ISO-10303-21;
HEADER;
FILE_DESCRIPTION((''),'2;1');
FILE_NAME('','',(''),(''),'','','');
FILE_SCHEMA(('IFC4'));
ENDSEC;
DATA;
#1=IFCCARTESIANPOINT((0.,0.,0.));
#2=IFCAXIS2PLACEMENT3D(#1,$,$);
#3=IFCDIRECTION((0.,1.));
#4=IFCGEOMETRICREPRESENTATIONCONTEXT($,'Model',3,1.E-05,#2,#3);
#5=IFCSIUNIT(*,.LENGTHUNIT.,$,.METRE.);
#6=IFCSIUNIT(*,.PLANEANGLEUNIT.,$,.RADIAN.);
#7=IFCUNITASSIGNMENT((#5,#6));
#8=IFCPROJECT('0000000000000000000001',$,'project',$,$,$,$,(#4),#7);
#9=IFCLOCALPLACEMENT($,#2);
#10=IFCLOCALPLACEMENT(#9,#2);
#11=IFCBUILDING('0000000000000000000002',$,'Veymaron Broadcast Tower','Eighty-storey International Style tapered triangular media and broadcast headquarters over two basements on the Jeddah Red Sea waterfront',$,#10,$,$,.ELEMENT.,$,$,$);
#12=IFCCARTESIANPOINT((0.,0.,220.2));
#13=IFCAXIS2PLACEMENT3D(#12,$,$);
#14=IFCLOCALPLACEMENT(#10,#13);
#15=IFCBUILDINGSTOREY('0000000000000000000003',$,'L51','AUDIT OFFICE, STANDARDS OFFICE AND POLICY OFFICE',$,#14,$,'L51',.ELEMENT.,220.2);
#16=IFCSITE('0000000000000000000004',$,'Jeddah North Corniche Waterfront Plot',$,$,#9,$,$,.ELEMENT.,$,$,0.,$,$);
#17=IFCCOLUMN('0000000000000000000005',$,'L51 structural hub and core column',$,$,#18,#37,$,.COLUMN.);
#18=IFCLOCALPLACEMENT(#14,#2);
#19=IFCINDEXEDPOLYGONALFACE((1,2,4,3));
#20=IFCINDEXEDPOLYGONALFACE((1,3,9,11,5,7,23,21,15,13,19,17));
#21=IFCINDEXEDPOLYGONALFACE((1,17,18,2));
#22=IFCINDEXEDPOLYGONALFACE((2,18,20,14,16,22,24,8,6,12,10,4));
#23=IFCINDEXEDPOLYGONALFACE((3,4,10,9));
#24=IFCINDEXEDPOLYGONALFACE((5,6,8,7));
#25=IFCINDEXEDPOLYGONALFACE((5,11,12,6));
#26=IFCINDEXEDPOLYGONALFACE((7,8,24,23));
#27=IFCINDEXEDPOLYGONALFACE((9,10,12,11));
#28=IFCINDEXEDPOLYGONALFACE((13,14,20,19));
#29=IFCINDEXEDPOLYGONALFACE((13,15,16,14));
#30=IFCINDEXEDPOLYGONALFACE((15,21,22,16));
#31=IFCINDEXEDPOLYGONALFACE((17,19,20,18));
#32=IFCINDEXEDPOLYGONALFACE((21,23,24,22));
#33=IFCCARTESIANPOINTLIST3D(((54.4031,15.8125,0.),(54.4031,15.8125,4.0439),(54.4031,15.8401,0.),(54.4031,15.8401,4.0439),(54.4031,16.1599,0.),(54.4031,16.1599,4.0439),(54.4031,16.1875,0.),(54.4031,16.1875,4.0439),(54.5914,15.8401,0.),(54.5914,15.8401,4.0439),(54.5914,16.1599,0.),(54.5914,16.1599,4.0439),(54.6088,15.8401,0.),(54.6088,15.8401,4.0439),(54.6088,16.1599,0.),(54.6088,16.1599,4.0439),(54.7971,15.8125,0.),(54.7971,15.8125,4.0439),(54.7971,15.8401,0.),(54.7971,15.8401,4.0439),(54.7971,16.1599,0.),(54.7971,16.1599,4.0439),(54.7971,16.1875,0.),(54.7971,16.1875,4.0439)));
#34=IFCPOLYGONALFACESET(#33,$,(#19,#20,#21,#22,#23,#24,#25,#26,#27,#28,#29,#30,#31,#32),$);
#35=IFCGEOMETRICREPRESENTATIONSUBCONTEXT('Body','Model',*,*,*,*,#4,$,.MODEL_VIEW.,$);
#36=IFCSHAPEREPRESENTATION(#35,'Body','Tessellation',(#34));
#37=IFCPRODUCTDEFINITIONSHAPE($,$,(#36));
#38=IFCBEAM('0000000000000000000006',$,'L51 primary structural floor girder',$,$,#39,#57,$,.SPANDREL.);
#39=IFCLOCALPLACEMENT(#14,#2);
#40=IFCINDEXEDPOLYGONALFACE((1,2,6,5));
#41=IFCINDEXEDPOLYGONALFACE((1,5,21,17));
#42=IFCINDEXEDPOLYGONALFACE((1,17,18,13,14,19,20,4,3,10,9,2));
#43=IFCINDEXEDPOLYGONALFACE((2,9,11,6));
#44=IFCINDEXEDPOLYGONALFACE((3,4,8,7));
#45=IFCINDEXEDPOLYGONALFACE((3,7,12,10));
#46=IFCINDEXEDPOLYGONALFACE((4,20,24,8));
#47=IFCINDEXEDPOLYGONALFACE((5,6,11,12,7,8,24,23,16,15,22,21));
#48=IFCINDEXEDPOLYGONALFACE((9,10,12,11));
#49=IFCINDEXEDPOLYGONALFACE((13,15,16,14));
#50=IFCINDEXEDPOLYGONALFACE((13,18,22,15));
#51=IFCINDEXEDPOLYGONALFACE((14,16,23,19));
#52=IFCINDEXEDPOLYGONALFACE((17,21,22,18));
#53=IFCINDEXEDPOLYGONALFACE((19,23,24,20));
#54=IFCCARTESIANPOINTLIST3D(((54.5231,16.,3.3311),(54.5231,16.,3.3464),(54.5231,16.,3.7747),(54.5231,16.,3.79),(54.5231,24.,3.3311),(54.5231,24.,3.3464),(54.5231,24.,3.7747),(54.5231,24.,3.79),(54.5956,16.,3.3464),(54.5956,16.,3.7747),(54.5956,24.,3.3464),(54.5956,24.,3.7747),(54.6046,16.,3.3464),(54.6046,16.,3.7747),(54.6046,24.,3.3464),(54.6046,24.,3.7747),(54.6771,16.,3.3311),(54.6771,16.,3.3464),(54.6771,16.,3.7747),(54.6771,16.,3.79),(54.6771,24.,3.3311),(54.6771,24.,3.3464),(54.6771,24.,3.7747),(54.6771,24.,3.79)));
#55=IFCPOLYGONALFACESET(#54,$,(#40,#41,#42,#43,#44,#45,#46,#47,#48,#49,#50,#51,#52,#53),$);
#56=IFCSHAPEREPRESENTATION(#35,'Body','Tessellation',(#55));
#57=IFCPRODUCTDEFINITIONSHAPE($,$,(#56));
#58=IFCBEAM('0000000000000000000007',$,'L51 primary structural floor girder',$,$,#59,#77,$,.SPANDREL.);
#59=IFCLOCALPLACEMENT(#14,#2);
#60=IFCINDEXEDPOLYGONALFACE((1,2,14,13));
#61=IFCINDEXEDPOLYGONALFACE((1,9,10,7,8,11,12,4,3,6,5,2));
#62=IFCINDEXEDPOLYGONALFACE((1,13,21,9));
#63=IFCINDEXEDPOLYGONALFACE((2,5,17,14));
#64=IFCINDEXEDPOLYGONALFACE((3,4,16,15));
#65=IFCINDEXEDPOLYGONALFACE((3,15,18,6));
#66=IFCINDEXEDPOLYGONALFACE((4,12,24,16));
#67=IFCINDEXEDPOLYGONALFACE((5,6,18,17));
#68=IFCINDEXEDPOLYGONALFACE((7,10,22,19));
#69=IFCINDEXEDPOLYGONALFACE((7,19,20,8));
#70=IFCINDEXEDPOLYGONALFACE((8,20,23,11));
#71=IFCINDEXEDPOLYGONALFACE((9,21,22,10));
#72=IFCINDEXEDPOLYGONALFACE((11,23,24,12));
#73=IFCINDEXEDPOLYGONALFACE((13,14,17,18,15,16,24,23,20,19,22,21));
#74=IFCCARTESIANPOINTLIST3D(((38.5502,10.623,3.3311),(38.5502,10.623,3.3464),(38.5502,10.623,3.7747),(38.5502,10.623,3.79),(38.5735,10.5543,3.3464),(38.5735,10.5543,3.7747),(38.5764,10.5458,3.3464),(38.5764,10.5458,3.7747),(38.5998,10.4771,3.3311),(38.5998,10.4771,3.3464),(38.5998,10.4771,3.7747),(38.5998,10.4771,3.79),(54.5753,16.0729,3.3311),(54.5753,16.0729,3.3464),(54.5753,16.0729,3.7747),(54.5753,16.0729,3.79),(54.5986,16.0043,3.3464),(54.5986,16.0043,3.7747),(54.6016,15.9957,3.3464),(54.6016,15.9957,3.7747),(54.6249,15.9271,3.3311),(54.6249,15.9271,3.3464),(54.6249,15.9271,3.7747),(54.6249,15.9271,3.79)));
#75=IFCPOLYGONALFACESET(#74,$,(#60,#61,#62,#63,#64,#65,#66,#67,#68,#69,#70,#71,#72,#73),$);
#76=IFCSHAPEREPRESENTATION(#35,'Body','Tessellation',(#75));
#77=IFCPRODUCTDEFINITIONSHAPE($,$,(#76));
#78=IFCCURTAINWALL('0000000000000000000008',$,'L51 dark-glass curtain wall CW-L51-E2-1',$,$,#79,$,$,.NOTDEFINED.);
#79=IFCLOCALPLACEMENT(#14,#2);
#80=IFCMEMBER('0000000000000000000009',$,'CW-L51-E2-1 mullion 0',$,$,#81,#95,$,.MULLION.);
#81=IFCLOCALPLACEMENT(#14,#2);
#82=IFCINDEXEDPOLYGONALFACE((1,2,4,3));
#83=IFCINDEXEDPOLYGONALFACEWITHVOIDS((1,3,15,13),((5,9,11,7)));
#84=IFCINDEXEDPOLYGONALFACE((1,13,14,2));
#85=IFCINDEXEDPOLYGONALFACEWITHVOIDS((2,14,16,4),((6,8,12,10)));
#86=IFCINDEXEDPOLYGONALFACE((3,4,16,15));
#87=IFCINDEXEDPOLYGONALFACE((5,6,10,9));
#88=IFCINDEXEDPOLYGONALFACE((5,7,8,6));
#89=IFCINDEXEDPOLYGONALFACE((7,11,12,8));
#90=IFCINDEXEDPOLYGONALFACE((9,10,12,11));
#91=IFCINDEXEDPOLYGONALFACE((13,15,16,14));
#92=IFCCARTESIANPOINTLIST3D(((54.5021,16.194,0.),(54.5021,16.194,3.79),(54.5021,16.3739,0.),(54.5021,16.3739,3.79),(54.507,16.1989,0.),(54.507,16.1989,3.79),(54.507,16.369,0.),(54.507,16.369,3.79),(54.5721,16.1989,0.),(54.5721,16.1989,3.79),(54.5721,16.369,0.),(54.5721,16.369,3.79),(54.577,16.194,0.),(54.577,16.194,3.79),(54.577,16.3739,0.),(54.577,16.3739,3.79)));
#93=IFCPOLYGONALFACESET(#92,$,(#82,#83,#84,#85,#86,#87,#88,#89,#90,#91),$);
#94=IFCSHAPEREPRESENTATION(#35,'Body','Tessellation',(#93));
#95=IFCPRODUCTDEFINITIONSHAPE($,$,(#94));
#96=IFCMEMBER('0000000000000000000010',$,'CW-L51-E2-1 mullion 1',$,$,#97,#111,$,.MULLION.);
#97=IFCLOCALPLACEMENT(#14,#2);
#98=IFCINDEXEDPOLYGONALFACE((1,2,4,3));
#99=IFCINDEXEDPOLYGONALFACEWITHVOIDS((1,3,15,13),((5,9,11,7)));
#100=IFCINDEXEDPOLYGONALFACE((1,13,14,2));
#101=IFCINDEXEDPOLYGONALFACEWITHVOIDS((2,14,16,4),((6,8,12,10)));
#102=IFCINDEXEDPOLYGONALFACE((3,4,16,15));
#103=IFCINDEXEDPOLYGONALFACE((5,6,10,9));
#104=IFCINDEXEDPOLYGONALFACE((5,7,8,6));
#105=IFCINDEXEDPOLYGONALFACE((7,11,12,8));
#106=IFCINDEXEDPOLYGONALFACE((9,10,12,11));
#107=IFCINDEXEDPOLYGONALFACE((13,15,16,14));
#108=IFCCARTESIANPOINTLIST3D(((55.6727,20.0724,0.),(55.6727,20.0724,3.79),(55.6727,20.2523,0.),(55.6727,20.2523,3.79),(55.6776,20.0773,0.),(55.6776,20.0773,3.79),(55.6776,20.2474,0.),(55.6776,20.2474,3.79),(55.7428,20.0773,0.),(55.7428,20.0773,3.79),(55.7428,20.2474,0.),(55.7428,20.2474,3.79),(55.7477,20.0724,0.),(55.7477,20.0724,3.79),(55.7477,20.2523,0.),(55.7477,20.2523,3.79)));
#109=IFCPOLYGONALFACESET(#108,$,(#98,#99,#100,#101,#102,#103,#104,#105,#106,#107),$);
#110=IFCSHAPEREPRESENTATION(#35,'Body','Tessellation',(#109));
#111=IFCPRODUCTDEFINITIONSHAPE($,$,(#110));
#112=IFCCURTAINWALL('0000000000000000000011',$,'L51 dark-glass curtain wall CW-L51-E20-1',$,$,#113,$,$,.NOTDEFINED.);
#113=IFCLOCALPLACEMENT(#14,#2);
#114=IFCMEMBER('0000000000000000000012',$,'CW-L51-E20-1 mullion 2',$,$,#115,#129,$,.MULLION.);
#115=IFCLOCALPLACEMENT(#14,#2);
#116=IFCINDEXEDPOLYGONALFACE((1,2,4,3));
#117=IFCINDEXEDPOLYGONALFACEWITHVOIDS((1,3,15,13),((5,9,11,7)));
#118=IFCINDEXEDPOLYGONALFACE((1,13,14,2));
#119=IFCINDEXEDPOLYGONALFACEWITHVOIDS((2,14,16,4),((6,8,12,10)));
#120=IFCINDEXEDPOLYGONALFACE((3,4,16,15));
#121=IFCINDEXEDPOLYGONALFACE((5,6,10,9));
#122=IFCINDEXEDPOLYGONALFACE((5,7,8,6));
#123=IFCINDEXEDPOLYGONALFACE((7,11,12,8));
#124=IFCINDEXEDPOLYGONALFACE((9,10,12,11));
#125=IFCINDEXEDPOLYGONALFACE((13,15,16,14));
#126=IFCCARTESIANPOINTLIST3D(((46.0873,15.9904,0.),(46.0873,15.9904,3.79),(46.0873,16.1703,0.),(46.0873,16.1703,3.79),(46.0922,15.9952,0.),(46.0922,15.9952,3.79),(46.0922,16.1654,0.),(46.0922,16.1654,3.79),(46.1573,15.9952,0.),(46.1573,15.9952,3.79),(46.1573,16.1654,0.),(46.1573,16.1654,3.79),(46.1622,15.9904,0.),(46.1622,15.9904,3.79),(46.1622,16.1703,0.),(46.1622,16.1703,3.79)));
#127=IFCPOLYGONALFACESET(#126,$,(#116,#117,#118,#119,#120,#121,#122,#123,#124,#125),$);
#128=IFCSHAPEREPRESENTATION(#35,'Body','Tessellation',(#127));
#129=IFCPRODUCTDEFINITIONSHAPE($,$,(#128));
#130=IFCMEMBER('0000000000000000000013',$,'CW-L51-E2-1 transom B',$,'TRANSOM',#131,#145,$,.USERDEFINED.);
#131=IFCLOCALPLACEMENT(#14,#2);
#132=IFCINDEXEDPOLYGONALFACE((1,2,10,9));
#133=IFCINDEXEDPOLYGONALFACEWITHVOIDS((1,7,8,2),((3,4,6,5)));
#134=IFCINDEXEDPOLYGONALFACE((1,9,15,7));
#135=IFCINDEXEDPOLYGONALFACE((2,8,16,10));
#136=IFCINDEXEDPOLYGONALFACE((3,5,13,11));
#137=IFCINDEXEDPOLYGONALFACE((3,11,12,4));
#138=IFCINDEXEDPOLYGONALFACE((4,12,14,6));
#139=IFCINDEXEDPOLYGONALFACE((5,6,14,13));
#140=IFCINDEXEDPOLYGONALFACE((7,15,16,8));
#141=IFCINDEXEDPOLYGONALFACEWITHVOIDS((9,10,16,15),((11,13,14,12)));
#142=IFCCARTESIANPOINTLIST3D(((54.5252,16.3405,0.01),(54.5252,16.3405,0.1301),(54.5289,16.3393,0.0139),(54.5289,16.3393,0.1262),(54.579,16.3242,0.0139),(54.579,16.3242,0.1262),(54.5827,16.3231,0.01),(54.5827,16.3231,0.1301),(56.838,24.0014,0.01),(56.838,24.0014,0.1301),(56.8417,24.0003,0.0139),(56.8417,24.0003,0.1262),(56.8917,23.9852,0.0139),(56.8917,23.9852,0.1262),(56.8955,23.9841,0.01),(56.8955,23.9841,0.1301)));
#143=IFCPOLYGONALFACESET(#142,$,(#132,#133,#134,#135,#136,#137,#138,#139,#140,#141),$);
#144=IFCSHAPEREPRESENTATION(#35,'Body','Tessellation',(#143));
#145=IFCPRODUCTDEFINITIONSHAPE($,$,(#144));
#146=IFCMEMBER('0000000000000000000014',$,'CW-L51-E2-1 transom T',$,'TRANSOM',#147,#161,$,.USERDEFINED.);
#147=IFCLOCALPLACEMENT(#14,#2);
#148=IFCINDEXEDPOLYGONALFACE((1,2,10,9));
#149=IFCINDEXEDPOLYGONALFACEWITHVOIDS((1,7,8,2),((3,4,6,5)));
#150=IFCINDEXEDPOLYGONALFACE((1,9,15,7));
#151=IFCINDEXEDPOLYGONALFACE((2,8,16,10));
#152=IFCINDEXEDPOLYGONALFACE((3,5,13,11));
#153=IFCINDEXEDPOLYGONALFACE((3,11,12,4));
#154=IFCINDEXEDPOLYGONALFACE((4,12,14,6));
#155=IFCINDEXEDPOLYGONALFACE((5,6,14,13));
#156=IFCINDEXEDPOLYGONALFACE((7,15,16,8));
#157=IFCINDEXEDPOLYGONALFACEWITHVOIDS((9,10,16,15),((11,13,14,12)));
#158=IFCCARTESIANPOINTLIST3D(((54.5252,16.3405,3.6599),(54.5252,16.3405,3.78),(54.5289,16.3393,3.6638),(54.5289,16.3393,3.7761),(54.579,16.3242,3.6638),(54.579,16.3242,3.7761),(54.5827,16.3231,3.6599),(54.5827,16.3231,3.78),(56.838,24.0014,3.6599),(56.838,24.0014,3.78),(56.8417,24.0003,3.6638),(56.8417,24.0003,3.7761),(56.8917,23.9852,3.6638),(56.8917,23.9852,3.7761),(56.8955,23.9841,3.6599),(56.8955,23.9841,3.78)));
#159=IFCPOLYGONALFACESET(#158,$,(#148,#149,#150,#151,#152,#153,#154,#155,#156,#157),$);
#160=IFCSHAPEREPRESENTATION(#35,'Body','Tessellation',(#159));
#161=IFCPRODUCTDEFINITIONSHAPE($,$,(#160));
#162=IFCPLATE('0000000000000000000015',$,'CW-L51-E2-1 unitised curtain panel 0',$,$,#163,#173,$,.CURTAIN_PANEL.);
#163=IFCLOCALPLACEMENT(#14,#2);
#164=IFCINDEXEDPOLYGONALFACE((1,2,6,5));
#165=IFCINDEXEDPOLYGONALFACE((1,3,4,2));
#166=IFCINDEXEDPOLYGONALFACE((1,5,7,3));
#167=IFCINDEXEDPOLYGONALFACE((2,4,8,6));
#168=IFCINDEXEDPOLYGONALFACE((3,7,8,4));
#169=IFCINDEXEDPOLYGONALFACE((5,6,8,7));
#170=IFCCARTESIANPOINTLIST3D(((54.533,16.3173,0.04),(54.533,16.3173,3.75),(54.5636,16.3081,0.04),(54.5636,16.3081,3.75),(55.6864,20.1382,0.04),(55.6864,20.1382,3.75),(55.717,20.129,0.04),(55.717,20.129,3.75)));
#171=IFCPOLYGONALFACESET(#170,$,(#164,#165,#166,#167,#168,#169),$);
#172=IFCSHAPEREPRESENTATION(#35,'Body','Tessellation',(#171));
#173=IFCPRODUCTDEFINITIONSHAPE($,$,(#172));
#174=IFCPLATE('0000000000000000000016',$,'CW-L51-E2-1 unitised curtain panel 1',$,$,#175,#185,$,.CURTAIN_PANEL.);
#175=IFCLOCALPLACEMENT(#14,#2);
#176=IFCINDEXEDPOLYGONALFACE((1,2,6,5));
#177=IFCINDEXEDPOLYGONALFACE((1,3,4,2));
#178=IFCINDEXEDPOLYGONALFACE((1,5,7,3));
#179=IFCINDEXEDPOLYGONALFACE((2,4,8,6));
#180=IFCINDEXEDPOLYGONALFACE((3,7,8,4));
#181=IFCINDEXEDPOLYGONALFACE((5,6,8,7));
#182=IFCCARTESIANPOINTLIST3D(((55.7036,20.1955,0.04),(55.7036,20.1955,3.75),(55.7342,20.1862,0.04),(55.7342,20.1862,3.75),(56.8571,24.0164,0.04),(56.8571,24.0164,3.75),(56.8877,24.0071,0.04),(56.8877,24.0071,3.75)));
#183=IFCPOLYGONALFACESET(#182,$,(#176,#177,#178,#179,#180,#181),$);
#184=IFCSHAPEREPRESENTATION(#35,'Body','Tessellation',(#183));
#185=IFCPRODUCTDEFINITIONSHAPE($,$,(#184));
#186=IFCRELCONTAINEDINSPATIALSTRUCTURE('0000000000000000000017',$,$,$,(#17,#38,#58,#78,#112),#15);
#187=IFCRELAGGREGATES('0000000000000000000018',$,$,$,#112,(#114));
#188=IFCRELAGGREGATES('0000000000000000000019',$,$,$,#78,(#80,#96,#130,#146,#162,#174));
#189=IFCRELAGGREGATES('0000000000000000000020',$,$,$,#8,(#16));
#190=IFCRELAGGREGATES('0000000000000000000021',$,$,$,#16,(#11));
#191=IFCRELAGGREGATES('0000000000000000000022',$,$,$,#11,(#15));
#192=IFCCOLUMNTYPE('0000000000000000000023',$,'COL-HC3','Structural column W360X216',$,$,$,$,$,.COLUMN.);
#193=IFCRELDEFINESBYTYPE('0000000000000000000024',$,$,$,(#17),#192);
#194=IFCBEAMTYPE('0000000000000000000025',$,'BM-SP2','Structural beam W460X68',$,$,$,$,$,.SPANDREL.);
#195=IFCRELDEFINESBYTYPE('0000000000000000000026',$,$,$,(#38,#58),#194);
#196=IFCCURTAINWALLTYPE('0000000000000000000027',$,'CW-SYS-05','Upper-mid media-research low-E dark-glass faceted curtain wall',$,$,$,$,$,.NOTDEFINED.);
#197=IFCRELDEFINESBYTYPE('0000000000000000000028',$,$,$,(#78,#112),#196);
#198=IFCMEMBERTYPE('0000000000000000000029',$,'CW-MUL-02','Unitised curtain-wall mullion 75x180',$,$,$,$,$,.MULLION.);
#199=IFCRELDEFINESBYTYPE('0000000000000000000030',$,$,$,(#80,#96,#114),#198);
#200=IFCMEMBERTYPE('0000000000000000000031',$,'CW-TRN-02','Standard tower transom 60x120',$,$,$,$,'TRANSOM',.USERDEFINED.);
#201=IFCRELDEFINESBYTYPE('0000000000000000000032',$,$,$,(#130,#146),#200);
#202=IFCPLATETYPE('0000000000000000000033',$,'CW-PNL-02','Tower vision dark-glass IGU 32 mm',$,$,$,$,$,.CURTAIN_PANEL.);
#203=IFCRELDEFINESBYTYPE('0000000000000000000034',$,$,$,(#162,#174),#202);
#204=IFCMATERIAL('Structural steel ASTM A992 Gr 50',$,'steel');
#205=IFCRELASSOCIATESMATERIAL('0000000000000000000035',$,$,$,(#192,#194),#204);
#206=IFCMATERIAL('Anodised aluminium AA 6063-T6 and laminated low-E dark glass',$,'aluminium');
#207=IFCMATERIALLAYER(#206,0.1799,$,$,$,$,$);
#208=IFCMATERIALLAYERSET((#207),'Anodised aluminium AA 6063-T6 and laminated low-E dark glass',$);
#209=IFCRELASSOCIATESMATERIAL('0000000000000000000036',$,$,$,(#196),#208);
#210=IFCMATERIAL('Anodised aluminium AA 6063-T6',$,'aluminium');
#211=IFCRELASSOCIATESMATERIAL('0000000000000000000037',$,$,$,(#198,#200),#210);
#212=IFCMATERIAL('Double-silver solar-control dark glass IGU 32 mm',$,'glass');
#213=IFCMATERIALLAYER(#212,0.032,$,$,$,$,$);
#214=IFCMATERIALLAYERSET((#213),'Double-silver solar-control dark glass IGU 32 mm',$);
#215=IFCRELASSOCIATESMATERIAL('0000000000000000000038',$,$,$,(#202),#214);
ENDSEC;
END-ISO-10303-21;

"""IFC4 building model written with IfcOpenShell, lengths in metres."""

from ifc_helpers import new_model, si_unit, direction, frame, origin, origin_2d, place, context, subcontext, project, spatial, rectangle, hollow_rectangle, i_section, extrude, material, layer, layer_set, material_profile, profile_set, type_object, element, aggregate, save


model = new_model("IFC4")

# Units and contexts
model_context = context("Model", 3, precision=1e-05, world=origin(), true_north=direction((0.0, 1.0)))
body_context = subcontext(model_context, "Body", "Model", "MODEL_VIEW")
ifc_project = project(units=[si_unit("LENGTHUNIT", "METRE"), si_unit("PLANEANGLEUNIT", "RADIAN")], contexts=[model_context])

# Site, building, storey
site_placement = place(None, origin())
site = spatial("IfcSite", under=ifc_project, at=site_placement, Name="Jeddah North Corniche Waterfront Plot", CompositionType="ELEMENT", RefElevation=0.0)
building_placement = place(site_placement, origin())
building = spatial("IfcBuilding", under=site, at=building_placement, Name="Veymaron Broadcast Tower", Description="Eighty-storey International Style tapered triangular media and broadcast headquarters over two basements on the Jeddah Red Sea waterfront", CompositionType="ELEMENT")
storey_placement = place(building_placement, frame((0.0, 0.0, 220.2)))
storey = spatial("IfcBuildingStorey", under=building, at=storey_placement, Name="L51", Description="AUDIT OFFICE, STANDARDS OFFICE AND POLICY OFFICE", LongName="L51", CompositionType="ELEMENT", Elevation=220.2)

# Column
ifc_material_1 = material(Name="Structural steel ASTM A992 Gr 50", Category="steel")
ifc_material_profile_1 = material_profile(ifc_material_1, i_section(OverallWidth=0.394, OverallDepth=0.375, WebThickness=0.0173, FlangeThickness=0.0276, at=origin_2d()), Name="W360X216")
ifc_profile_set_1 = profile_set([ifc_material_profile_1], Name="Structural steel ASTM A992 Gr 50")
column_type = type_object("IfcColumnType", Name="COL-HC3", Description="Structural column W360X216", PredefinedType="COLUMN", material=ifc_profile_set_1)
column_placement = place(storey_placement, frame((54.6001, 16.0, 0.0), z_axis=(0.0, 0.0, 1.0), x_axis=(1.0, 0.0, 0.0)))
element("IfcColumn", 1, at=column_placement, inside=storey, type_object=column_type, Name="L51 structural hub and core column", PredefinedType="COLUMN", context=body_context, shape_type="SweptSolid", body=[
    extrude(i_section(OverallWidth=0.394, OverallDepth=0.375, WebThickness=0.0173, FlangeThickness=0.0276, at=origin_2d()), origin(), (0.0, 0.0, 1.0), 4.0439),
])

# Beams
ifc_material_profile_2 = material_profile(ifc_material_1, i_section(OverallWidth=0.1541, OverallDepth=0.459, WebThickness=0.009, FlangeThickness=0.0154, at=origin_2d()), Name="W460X68")
ifc_profile_set_2 = profile_set([ifc_material_profile_2], Name="Structural steel ASTM A992 Gr 50")
beam_type = type_object("IfcBeamType", Name="BM-SP2", Description="Structural beam W460X68", PredefinedType="SPANDREL", material=ifc_profile_set_2)
beam_1_placement = place(storey_placement, frame((54.6001, 16.0, 3.5605), z_axis=(0.0, 1.0, 0.0), x_axis=(-1.0, 0.0, 0.0)))
element("IfcBeam", 2, at=beam_1_placement, inside=storey, type_object=beam_type, Name="L51 primary structural floor girder", PredefinedType="SPANDREL", context=body_context, shape_type="SweptSolid", body=[
    extrude(i_section(OverallWidth=0.1541, OverallDepth=0.459, WebThickness=0.009, FlangeThickness=0.0154, at=origin_2d()), origin(), (0.0, 0.0, 1.0), 8.0),
])
beam_2_placement = place(storey_placement, frame((54.6001, 16.0, 3.5605), z_axis=(-0.946748, -0.321977, 0.0), x_axis=(0.321977, -0.946748, 0.0)))
element("IfcBeam", 3, at=beam_2_placement, inside=storey, type_object=beam_type, Name="L51 primary structural floor girder", PredefinedType="SPANDREL", context=body_context, shape_type="SweptSolid", body=[
    extrude(i_section(OverallWidth=0.1541, OverallDepth=0.459, WebThickness=0.009, FlangeThickness=0.0154, at=origin_2d()), origin(), (0.0, 0.0, 1.0), 16.9265),
])

# Curtain wall, members
ifc_material_2 = material(Name="Anodised aluminium AA 6063-T6 and laminated low-E dark glass", Category="aluminium")
ifc_layer_1 = layer(ifc_material_2, 0.1799)
ifc_layer_set_1 = layer_set([ifc_layer_1], Name="Anodised aluminium AA 6063-T6 and laminated low-E dark glass")
curtain_wall_type = type_object("IfcCurtainWallType", Name="CW-SYS-05", Description="Upper-mid media-research low-E dark-glass faceted curtain wall", PredefinedType="NOTDEFINED", material=ifc_layer_set_1)
curtain_wall_1_placement = place(storey_placement, origin())
curtain_wall_1 = element("IfcCurtainWall", 4, at=curtain_wall_1_placement, inside=storey, type_object=curtain_wall_type, Name="L51 dark-glass curtain wall CW-L51-E2-1", PredefinedType="NOTDEFINED")
ifc_material_3 = material(Name="Anodised aluminium AA 6063-T6", Category="aluminium")
ifc_material_profile_3 = material_profile(ifc_material_3, hollow_rectangle(XDim=0.075, YDim=0.1799, WallThickness=0.0049, at=origin_2d()), Name="AL180X75X5")
ifc_profile_set_3 = profile_set([ifc_material_profile_3], Name="Anodised aluminium AA 6063-T6")
member_type_1 = type_object("IfcMemberType", Name="CW-MUL-02", Description="Unitised curtain-wall mullion 75x180", PredefinedType="MULLION", material=ifc_profile_set_3)
member_1_placement = place(storey_placement, frame((54.5396, 16.2839, 0.0), z_axis=(0.0, 0.0, 1.0), x_axis=(1.0, 0.0, 0.0)))
member_1 = element("IfcMember", 5, at=member_1_placement, type_object=member_type_1, Name="CW-L51-E2-1 mullion 0", PredefinedType="MULLION", context=body_context, shape_type="SweptSolid", body=[
    extrude(hollow_rectangle(XDim=0.075, YDim=0.1799, WallThickness=0.0049, at=origin_2d()), origin(), (0.0, 0.0, 1.0), 3.79),
])
member_2_placement = place(storey_placement, frame((55.7102, 20.1624, 0.0), z_axis=(0.0, 0.0, 1.0), x_axis=(1.0, 0.0, 0.0)))
member_2 = element("IfcMember", 6, at=member_2_placement, type_object=member_type_1, Name="CW-L51-E2-1 mullion 1", PredefinedType="MULLION", context=body_context, shape_type="SweptSolid", body=[
    extrude(hollow_rectangle(XDim=0.075, YDim=0.1799, WallThickness=0.0049, at=origin_2d()), origin(), (0.0, 0.0, 1.0), 3.79),
])

# Curtain wall, member
curtain_wall_2_placement = place(storey_placement, origin())
curtain_wall_2 = element("IfcCurtainWall", 7, at=curtain_wall_2_placement, inside=storey, type_object=curtain_wall_type, Name="L51 dark-glass curtain wall CW-L51-E20-1", PredefinedType="NOTDEFINED")
member_3_placement = place(storey_placement, frame((46.1248, 16.0803, 0.0), z_axis=(0.0, 0.0, 1.0), x_axis=(1.0, 0.0, 0.0)))
member_3 = element("IfcMember", 8, at=member_3_placement, type_object=member_type_1, Name="CW-L51-E20-1 mullion 2", PredefinedType="MULLION", context=body_context, shape_type="SweptSolid", body=[
    extrude(hollow_rectangle(XDim=0.075, YDim=0.1799, WallThickness=0.0049, at=origin_2d()), origin(), (0.0, 0.0, 1.0), 3.79),
])
aggregate(curtain_wall_2, [member_3])

# Members
ifc_material_profile_4 = material_profile(ifc_material_3, hollow_rectangle(XDim=0.0601, YDim=0.1201, WallThickness=0.0039, at=origin_2d()), Name="AL120X60X4")
ifc_profile_set_4 = profile_set([ifc_material_profile_4], Name="Anodised aluminium AA 6063-T6")
member_type_2 = type_object("IfcMemberType", Name="CW-TRN-02", Description="Standard tower transom 60x120", ElementType="TRANSOM", PredefinedType="USERDEFINED", material=ifc_profile_set_4)
member_4_placement = place(storey_placement, frame((54.554, 16.3318, 0.0701), z_axis=(0.289007, 0.957327, 0.0), x_axis=(-0.957327, 0.289007, 0.0)))
member_4 = element("IfcMember", 9, at=member_4_placement, type_object=member_type_2, Name="CW-L51-E2-1 transom B", ObjectType="TRANSOM", PredefinedType="USERDEFINED", context=body_context, shape_type="SweptSolid", body=[
    extrude(hollow_rectangle(XDim=0.0601, YDim=0.1201, WallThickness=0.0039, at=origin_2d()), origin(), (0.0, 0.0, 1.0), 8.0024),
])
member_5_placement = place(storey_placement, frame((54.554, 16.3318, 3.72), z_axis=(0.289007, 0.957327, 0.0), x_axis=(-0.957327, 0.289007, 0.0)))
member_5 = element("IfcMember", 10, at=member_5_placement, type_object=member_type_2, Name="CW-L51-E2-1 transom T", ObjectType="TRANSOM", PredefinedType="USERDEFINED", context=body_context, shape_type="SweptSolid", body=[
    extrude(hollow_rectangle(XDim=0.0601, YDim=0.1201, WallThickness=0.0039, at=origin_2d()), origin(), (0.0, 0.0, 1.0), 8.0024),
])

# Plates
ifc_material_4 = material(Name="Double-silver solar-control dark glass IGU 32 mm", Category="glass")
ifc_layer_2 = layer(ifc_material_4, 0.032)
ifc_layer_set_2 = layer_set([ifc_layer_2], Name="Double-silver solar-control dark glass IGU 32 mm")
plate_type_1 = type_object("IfcPlateType", Name="CW-PNL-02", Description="Tower vision dark-glass IGU 32 mm", PredefinedType="CURTAIN_PANEL", material=ifc_layer_set_2)
plate_1_placement = place(storey_placement, frame((55.125, 18.2231, 0.04), z_axis=(0.0, 0.0, 1.0), x_axis=(0.288998, 0.95733, 0.0)))
plate_1 = element("IfcPlate", 11, at=plate_1_placement, type_object=plate_type_1, Name="CW-L51-E2-1 unitised curtain panel 0", PredefinedType="CURTAIN_PANEL", context=body_context, shape_type="SweptSolid", body=[
    extrude(rectangle(XDim=3.9912, YDim=0.032, at=origin_2d()), origin(), (0.0, 0.0, 1.0), 3.71),
])
plate_2_placement = place(storey_placement, frame((56.2957, 22.1013, 0.04), z_axis=(0.0, 0.0, 1.0), x_axis=(0.288998, 0.95733, 0.0)))
plate_2 = element("IfcPlate", 12, at=plate_2_placement, type_object=plate_type_1, Name="CW-L51-E2-1 unitised curtain panel 1", PredefinedType="CURTAIN_PANEL", context=body_context, shape_type="SweptSolid", body=[
    extrude(rectangle(XDim=3.9912, YDim=0.032, at=origin_2d()), origin(), (0.0, 0.0, 1.0), 3.71),
])
aggregate(curtain_wall_1, [member_1, member_2, member_4, member_5, plate_1, plate_2])

save(model, "model.ifc")
